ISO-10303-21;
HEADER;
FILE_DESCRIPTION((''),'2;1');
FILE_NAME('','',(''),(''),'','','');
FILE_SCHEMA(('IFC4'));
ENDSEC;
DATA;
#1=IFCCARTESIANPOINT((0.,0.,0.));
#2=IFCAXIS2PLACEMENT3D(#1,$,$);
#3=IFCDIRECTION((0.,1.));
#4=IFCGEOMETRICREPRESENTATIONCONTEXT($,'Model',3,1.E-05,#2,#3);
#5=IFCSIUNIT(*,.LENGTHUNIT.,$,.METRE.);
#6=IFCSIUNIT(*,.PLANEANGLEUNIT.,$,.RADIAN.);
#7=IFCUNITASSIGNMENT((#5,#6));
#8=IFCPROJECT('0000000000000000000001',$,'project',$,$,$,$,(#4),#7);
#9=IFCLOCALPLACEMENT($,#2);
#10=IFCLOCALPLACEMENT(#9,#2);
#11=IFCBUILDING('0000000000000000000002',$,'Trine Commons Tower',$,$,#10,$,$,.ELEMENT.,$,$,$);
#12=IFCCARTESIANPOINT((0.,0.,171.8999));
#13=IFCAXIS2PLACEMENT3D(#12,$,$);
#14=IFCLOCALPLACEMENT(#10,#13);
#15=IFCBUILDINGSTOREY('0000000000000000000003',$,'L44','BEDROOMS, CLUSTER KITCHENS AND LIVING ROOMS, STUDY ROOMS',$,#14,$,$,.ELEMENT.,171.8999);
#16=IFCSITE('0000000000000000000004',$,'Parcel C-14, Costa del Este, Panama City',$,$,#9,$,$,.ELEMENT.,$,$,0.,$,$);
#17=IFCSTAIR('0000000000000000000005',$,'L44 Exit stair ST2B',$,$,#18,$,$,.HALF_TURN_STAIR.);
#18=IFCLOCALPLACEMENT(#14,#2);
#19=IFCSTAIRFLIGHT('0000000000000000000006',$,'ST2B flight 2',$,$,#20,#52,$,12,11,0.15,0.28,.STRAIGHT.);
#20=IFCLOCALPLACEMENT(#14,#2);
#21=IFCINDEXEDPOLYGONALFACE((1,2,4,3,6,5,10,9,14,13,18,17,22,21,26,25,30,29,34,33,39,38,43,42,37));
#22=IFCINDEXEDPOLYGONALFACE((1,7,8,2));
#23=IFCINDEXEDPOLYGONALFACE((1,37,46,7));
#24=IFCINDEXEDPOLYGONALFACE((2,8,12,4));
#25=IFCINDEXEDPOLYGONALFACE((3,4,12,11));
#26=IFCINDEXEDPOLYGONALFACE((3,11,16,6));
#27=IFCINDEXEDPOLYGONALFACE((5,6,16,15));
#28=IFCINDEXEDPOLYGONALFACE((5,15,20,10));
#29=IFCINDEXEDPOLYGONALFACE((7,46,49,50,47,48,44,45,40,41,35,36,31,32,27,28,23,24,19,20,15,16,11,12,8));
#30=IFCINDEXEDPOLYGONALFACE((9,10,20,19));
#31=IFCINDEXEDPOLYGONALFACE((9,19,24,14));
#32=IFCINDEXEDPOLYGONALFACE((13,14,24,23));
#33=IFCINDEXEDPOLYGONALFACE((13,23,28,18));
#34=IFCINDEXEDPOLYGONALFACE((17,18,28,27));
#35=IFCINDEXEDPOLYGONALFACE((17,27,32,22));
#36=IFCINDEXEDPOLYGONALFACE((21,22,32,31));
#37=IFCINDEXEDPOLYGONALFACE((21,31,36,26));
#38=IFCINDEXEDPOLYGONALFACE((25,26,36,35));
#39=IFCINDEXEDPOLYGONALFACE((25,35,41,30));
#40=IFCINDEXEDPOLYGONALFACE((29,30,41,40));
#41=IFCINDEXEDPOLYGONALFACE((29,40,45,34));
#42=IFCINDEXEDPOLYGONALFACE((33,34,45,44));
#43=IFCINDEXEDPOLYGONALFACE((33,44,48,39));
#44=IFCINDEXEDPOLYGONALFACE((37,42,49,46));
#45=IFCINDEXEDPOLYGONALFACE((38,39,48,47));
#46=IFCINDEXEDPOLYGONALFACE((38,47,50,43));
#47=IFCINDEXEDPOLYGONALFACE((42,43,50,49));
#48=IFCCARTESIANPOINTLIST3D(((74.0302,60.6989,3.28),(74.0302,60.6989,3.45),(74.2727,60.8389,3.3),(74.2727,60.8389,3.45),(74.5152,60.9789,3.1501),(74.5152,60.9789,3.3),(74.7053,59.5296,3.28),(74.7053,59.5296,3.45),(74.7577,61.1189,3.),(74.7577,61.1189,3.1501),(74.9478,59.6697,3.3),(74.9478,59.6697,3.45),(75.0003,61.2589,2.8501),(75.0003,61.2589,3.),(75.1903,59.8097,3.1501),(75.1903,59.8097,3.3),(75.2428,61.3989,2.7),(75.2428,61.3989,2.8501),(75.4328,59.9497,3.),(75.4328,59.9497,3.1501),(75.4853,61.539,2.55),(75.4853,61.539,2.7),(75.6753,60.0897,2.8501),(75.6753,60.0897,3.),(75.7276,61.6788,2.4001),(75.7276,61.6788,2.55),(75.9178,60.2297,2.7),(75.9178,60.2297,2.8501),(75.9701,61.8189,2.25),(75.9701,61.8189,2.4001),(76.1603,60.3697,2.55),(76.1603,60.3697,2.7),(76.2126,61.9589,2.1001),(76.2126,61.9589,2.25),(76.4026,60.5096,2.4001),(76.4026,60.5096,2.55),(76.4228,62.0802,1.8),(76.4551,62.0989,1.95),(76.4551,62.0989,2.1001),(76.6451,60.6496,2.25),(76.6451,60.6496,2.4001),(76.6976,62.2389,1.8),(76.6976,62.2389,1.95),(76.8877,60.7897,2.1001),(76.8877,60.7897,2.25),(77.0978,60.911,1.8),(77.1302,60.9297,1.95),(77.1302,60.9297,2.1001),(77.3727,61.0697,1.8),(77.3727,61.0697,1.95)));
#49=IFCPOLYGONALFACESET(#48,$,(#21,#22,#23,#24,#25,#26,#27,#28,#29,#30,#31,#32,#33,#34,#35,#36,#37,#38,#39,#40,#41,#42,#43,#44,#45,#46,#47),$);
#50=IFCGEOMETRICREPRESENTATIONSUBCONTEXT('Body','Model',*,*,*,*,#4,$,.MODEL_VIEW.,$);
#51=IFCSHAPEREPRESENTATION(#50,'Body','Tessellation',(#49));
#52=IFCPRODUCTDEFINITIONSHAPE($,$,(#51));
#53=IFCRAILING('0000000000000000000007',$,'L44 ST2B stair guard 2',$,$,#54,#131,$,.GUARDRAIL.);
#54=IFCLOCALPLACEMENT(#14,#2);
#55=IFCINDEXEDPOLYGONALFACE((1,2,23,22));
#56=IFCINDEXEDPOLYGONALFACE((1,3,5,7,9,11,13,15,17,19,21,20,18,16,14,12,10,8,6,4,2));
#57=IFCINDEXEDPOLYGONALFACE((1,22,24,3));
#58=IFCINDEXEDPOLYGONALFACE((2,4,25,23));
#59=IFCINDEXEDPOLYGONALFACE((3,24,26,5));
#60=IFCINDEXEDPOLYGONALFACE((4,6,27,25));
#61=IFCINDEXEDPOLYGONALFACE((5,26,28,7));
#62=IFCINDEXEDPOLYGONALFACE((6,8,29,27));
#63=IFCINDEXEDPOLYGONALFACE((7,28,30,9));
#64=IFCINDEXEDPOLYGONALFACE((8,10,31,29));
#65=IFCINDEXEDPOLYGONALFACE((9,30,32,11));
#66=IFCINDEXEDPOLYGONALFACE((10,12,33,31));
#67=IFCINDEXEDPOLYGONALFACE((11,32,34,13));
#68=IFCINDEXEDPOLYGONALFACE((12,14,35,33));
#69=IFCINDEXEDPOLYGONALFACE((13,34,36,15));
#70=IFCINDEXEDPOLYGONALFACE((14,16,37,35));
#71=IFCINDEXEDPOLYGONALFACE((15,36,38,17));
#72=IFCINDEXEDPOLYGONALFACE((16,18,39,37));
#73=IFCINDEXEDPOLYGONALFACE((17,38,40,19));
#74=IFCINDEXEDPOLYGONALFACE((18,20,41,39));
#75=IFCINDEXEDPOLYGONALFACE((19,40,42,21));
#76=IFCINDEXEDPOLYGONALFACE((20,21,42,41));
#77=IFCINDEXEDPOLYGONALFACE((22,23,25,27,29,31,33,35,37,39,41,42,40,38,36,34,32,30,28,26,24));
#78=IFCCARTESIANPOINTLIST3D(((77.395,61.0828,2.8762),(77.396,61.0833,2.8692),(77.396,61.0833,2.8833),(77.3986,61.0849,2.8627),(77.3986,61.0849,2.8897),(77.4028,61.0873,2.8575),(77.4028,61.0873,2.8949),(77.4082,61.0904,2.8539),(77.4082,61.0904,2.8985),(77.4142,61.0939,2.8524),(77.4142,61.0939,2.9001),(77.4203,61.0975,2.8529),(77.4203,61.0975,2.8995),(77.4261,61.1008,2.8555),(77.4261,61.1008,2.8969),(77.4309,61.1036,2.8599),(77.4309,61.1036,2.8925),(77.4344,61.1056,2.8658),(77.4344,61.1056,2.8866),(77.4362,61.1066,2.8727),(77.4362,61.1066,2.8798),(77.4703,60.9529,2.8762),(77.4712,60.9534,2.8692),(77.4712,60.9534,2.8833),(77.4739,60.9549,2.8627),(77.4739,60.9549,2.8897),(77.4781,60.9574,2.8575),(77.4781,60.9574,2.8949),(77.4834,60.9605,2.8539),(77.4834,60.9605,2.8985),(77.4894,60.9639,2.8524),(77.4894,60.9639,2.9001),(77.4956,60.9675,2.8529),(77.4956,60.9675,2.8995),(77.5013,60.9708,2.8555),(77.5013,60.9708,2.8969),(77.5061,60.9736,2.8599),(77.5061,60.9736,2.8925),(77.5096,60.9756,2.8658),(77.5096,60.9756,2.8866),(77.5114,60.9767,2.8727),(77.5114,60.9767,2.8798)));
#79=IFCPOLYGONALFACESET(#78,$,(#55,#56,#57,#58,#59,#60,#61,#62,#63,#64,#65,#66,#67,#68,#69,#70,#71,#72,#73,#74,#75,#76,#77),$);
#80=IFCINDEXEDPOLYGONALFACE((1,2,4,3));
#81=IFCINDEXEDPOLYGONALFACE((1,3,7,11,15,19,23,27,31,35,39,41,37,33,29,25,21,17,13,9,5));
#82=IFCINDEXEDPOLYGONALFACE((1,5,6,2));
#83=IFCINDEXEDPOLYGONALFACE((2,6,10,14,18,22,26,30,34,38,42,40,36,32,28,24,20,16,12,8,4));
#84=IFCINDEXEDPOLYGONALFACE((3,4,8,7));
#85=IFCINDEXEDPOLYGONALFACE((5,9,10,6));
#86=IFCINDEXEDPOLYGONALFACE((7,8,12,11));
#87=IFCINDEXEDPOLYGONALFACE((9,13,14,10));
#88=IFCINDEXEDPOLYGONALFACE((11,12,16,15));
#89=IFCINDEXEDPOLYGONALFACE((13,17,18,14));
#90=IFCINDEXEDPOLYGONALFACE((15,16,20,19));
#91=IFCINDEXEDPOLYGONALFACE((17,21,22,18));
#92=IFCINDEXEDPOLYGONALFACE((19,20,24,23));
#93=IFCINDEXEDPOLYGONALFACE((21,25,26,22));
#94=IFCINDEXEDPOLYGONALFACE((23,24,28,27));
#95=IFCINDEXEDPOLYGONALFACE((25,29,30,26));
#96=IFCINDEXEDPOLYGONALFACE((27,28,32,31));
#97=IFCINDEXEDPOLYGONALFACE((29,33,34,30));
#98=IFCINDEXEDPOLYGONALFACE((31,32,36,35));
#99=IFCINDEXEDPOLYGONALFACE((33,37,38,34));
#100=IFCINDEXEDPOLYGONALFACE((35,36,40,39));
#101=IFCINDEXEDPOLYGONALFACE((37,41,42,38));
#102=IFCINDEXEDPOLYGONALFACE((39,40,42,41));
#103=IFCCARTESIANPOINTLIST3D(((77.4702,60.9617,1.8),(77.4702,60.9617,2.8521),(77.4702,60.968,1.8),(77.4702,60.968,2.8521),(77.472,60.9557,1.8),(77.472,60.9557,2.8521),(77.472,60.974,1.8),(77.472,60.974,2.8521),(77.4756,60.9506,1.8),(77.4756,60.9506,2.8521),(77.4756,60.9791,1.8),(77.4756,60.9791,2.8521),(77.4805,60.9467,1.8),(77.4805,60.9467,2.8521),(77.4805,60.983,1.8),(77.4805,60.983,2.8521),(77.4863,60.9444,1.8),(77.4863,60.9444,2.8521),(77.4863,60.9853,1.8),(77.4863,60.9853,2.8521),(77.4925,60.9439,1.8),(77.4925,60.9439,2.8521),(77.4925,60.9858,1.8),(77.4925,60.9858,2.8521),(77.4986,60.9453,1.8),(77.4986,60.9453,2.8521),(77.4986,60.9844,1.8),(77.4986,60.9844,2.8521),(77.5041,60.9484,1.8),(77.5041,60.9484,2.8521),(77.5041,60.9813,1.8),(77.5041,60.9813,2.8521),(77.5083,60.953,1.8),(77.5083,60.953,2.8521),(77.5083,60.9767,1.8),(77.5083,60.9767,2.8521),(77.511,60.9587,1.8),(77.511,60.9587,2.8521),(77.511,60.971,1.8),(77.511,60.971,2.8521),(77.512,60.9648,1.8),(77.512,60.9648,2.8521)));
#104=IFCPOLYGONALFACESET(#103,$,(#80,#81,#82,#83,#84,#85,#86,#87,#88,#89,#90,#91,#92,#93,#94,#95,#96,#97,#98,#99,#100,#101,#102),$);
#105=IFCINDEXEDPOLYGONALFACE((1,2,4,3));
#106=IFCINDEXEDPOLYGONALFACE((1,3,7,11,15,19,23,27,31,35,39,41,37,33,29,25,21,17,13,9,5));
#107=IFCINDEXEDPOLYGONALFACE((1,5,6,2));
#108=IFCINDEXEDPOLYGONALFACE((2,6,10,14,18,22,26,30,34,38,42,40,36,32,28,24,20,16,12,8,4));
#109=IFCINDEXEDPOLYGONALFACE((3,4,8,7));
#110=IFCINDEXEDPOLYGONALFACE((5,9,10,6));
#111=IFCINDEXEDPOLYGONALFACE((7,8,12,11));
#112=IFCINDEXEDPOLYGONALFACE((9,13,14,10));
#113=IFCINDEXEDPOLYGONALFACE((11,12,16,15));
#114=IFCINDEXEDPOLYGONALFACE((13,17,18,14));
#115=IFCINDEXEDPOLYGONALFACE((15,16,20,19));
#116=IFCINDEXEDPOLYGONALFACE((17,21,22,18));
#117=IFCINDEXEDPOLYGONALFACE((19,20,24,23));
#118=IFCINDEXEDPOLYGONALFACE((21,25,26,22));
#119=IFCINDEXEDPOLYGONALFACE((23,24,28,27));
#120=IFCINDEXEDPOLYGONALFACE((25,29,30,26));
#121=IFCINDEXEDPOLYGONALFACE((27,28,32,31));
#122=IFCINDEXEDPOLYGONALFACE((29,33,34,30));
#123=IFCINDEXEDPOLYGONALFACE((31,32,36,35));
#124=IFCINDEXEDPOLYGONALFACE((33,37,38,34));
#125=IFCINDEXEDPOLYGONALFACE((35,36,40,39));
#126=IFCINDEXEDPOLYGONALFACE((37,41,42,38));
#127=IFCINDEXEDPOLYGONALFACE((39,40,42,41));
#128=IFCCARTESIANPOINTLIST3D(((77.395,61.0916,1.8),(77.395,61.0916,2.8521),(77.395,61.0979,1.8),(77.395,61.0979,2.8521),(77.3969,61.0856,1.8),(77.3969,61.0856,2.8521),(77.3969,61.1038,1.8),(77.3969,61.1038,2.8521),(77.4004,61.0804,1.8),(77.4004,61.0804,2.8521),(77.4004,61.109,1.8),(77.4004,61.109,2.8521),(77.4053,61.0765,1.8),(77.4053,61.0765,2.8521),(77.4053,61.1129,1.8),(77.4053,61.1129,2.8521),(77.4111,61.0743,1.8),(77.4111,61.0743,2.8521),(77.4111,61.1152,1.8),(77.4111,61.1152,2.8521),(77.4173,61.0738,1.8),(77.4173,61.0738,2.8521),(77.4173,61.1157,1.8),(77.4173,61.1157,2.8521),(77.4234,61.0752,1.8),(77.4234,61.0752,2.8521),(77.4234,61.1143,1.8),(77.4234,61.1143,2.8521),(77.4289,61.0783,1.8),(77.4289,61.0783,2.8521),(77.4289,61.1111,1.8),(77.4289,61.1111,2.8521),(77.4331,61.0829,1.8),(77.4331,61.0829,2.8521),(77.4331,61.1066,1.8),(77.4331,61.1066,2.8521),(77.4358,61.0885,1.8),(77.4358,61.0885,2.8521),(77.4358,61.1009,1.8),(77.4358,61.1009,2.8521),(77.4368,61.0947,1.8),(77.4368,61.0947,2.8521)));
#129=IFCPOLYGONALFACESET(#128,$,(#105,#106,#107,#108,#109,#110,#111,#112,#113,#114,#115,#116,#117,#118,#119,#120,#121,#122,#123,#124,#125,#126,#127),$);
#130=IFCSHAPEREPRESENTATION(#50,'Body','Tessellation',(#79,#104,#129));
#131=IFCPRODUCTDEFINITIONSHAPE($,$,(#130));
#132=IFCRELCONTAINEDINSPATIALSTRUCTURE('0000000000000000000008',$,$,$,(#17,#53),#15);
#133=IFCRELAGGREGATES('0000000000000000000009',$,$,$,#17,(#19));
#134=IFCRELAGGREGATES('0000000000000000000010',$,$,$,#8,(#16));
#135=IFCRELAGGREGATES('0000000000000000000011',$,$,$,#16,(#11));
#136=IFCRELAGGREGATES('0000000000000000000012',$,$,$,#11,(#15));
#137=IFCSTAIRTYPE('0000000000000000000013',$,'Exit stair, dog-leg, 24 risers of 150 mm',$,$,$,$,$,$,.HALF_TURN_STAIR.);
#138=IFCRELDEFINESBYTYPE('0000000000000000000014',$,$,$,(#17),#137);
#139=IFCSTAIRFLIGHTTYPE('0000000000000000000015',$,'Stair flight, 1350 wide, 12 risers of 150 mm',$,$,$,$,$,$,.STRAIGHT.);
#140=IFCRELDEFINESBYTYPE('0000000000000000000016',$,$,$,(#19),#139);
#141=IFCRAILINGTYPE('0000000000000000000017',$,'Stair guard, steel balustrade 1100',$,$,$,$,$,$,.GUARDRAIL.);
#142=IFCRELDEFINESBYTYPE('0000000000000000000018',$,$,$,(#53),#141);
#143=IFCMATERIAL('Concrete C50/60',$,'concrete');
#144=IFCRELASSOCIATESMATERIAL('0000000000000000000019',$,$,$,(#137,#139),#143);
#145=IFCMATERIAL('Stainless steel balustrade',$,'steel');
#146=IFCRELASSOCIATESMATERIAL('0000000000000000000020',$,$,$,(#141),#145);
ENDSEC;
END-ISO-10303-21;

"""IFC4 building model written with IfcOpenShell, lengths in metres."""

from ifc_helpers import new_model, si_unit, direction, frame, origin, origin_2d, place, context, subcontext, project, spatial, polyline, circle, outline, extrude, material, type_object, element, aggregate, save


model = new_model("IFC4")

# Units and contexts
model_context = context("Model", 3, precision=1e-05, world=origin(), true_north=direction((0.0, 1.0)))
body_context = subcontext(model_context, "Body", "Model", "MODEL_VIEW")
ifc_project = project(units=[si_unit("LENGTHUNIT", "METRE"), si_unit("PLANEANGLEUNIT", "RADIAN")], contexts=[model_context])

# Site, building, storey
site_placement = place(None, origin())
site = spatial("IfcSite", under=ifc_project, at=site_placement, Name="Parcel C-14, Costa del Este, Panama City", CompositionType="ELEMENT", RefElevation=0.0)
building_placement = place(site_placement, origin())
building = spatial("IfcBuilding", under=site, at=building_placement, Name="Trine Commons Tower", CompositionType="ELEMENT")
storey_placement = place(building_placement, frame((0.0, 0.0, 171.8999)))
storey = spatial("IfcBuildingStorey", under=building, at=storey_placement, Name="L44", Description="BEDROOMS, CLUSTER KITCHENS AND LIVING ROOMS, STUDY ROOMS", CompositionType="ELEMENT", Elevation=171.8999)

# Stair, stair flight
ifc_material_1 = material(Name="Concrete C50/60", Category="concrete")
stair_type = type_object("IfcStairType", Name="Exit stair, dog-leg, 24 risers of 150 mm", PredefinedType="HALF_TURN_STAIR", material=ifc_material_1)
stair_placement = place(storey_placement, origin())
stair = element("IfcStair", 1, at=stair_placement, inside=storey, type_object=stair_type, Name="L44 Exit stair ST2B", PredefinedType="HALF_TURN_STAIR")
stair_flight_type = type_object("IfcStairFlightType", Name="Stair flight, 1350 wide, 12 risers of 150 mm", PredefinedType="STRAIGHT", material=ifc_material_1)
stair_flight_placement = place(storey_placement, frame((77.0352, 61.6543, 1.8), z_axis=(0.0, 0.0, 1.0), x_axis=(-0.866025, -0.5, 0.0)))
stair_flight = element("IfcStairFlight", 2, at=stair_flight_placement, type_object=stair_flight_type, Name="ST2B flight 2", NumberOfRisers=12, NumberOfTreads=11, PredefinedType="STRAIGHT", RiserHeight=0.15, TreadLength=0.28, context=body_context, shape_type="SweptSolid", body=[
    extrude(outline(polyline([(0.0, 0.0), (0.0, 0.1499), (0.28, 0.1499), (0.28, 0.3), (0.5601, 0.3), (0.5601, 0.45), (0.8401, 0.45), (0.8401, 0.6001), (1.1201, 0.6001), (1.1201, 0.75), (1.3999, 0.75), (1.3999, 0.8999), (1.6799, 0.8999), (1.6799, 1.05), (1.96, 1.05), (1.96, 1.2), (2.24, 1.2), (2.24, 1.3501), (2.52, 1.3501), (2.52, 1.5), (2.8, 1.5), (2.8, 1.6499), (3.0801, 1.6499), (3.0801, 1.8), (3.0801, 1.48), (0.3174, 0.0), (0.0, 0.0)])), frame((0.0, 0.675, 0.0), z_axis=(0.0, -1.0, 0.0), x_axis=(1.0, 0.0, 0.0)), (0.0, 0.0, 1.0), 1.3501),
])
aggregate(stair, [stair_flight])

# Railing
ifc_material_2 = material(Name="Stainless steel balustrade", Category="steel")
railing_type_1 = type_object("IfcRailingType", Name="Stair guard, steel balustrade 1100", PredefinedType="GUARDRAIL", material=ifc_material_2)
railing_1_placement = place(storey_placement, frame((77.491, 60.9648, 1.8)))
element("IfcRailing", 3, at=railing_1_placement, inside=storey, type_object=railing_type_1, Name="L44 ST2B stair guard 2", PredefinedType="GUARDRAIL", context=body_context, shape_type="SweptSolid", body=[
    extrude(circle(Radius=0.0239, at=origin_2d()), frame((0.0, 0.0, 1.0762), z_axis=(-0.501036, 0.865426, 0.0), x_axis=(-0.865426, -0.501036, 0.0)), (0.0, 0.0, 1.0), 0.1501),
    extrude(circle(Radius=0.021, at=origin_2d()), origin(), (0.0, 0.0, 1.0), 1.052),
    extrude(circle(Radius=0.021, at=origin_2d()), frame((-0.0752, 0.1299, 0.0)), (0.0, 0.0, 1.0), 1.052),
])

save(model, "model.ifc")
